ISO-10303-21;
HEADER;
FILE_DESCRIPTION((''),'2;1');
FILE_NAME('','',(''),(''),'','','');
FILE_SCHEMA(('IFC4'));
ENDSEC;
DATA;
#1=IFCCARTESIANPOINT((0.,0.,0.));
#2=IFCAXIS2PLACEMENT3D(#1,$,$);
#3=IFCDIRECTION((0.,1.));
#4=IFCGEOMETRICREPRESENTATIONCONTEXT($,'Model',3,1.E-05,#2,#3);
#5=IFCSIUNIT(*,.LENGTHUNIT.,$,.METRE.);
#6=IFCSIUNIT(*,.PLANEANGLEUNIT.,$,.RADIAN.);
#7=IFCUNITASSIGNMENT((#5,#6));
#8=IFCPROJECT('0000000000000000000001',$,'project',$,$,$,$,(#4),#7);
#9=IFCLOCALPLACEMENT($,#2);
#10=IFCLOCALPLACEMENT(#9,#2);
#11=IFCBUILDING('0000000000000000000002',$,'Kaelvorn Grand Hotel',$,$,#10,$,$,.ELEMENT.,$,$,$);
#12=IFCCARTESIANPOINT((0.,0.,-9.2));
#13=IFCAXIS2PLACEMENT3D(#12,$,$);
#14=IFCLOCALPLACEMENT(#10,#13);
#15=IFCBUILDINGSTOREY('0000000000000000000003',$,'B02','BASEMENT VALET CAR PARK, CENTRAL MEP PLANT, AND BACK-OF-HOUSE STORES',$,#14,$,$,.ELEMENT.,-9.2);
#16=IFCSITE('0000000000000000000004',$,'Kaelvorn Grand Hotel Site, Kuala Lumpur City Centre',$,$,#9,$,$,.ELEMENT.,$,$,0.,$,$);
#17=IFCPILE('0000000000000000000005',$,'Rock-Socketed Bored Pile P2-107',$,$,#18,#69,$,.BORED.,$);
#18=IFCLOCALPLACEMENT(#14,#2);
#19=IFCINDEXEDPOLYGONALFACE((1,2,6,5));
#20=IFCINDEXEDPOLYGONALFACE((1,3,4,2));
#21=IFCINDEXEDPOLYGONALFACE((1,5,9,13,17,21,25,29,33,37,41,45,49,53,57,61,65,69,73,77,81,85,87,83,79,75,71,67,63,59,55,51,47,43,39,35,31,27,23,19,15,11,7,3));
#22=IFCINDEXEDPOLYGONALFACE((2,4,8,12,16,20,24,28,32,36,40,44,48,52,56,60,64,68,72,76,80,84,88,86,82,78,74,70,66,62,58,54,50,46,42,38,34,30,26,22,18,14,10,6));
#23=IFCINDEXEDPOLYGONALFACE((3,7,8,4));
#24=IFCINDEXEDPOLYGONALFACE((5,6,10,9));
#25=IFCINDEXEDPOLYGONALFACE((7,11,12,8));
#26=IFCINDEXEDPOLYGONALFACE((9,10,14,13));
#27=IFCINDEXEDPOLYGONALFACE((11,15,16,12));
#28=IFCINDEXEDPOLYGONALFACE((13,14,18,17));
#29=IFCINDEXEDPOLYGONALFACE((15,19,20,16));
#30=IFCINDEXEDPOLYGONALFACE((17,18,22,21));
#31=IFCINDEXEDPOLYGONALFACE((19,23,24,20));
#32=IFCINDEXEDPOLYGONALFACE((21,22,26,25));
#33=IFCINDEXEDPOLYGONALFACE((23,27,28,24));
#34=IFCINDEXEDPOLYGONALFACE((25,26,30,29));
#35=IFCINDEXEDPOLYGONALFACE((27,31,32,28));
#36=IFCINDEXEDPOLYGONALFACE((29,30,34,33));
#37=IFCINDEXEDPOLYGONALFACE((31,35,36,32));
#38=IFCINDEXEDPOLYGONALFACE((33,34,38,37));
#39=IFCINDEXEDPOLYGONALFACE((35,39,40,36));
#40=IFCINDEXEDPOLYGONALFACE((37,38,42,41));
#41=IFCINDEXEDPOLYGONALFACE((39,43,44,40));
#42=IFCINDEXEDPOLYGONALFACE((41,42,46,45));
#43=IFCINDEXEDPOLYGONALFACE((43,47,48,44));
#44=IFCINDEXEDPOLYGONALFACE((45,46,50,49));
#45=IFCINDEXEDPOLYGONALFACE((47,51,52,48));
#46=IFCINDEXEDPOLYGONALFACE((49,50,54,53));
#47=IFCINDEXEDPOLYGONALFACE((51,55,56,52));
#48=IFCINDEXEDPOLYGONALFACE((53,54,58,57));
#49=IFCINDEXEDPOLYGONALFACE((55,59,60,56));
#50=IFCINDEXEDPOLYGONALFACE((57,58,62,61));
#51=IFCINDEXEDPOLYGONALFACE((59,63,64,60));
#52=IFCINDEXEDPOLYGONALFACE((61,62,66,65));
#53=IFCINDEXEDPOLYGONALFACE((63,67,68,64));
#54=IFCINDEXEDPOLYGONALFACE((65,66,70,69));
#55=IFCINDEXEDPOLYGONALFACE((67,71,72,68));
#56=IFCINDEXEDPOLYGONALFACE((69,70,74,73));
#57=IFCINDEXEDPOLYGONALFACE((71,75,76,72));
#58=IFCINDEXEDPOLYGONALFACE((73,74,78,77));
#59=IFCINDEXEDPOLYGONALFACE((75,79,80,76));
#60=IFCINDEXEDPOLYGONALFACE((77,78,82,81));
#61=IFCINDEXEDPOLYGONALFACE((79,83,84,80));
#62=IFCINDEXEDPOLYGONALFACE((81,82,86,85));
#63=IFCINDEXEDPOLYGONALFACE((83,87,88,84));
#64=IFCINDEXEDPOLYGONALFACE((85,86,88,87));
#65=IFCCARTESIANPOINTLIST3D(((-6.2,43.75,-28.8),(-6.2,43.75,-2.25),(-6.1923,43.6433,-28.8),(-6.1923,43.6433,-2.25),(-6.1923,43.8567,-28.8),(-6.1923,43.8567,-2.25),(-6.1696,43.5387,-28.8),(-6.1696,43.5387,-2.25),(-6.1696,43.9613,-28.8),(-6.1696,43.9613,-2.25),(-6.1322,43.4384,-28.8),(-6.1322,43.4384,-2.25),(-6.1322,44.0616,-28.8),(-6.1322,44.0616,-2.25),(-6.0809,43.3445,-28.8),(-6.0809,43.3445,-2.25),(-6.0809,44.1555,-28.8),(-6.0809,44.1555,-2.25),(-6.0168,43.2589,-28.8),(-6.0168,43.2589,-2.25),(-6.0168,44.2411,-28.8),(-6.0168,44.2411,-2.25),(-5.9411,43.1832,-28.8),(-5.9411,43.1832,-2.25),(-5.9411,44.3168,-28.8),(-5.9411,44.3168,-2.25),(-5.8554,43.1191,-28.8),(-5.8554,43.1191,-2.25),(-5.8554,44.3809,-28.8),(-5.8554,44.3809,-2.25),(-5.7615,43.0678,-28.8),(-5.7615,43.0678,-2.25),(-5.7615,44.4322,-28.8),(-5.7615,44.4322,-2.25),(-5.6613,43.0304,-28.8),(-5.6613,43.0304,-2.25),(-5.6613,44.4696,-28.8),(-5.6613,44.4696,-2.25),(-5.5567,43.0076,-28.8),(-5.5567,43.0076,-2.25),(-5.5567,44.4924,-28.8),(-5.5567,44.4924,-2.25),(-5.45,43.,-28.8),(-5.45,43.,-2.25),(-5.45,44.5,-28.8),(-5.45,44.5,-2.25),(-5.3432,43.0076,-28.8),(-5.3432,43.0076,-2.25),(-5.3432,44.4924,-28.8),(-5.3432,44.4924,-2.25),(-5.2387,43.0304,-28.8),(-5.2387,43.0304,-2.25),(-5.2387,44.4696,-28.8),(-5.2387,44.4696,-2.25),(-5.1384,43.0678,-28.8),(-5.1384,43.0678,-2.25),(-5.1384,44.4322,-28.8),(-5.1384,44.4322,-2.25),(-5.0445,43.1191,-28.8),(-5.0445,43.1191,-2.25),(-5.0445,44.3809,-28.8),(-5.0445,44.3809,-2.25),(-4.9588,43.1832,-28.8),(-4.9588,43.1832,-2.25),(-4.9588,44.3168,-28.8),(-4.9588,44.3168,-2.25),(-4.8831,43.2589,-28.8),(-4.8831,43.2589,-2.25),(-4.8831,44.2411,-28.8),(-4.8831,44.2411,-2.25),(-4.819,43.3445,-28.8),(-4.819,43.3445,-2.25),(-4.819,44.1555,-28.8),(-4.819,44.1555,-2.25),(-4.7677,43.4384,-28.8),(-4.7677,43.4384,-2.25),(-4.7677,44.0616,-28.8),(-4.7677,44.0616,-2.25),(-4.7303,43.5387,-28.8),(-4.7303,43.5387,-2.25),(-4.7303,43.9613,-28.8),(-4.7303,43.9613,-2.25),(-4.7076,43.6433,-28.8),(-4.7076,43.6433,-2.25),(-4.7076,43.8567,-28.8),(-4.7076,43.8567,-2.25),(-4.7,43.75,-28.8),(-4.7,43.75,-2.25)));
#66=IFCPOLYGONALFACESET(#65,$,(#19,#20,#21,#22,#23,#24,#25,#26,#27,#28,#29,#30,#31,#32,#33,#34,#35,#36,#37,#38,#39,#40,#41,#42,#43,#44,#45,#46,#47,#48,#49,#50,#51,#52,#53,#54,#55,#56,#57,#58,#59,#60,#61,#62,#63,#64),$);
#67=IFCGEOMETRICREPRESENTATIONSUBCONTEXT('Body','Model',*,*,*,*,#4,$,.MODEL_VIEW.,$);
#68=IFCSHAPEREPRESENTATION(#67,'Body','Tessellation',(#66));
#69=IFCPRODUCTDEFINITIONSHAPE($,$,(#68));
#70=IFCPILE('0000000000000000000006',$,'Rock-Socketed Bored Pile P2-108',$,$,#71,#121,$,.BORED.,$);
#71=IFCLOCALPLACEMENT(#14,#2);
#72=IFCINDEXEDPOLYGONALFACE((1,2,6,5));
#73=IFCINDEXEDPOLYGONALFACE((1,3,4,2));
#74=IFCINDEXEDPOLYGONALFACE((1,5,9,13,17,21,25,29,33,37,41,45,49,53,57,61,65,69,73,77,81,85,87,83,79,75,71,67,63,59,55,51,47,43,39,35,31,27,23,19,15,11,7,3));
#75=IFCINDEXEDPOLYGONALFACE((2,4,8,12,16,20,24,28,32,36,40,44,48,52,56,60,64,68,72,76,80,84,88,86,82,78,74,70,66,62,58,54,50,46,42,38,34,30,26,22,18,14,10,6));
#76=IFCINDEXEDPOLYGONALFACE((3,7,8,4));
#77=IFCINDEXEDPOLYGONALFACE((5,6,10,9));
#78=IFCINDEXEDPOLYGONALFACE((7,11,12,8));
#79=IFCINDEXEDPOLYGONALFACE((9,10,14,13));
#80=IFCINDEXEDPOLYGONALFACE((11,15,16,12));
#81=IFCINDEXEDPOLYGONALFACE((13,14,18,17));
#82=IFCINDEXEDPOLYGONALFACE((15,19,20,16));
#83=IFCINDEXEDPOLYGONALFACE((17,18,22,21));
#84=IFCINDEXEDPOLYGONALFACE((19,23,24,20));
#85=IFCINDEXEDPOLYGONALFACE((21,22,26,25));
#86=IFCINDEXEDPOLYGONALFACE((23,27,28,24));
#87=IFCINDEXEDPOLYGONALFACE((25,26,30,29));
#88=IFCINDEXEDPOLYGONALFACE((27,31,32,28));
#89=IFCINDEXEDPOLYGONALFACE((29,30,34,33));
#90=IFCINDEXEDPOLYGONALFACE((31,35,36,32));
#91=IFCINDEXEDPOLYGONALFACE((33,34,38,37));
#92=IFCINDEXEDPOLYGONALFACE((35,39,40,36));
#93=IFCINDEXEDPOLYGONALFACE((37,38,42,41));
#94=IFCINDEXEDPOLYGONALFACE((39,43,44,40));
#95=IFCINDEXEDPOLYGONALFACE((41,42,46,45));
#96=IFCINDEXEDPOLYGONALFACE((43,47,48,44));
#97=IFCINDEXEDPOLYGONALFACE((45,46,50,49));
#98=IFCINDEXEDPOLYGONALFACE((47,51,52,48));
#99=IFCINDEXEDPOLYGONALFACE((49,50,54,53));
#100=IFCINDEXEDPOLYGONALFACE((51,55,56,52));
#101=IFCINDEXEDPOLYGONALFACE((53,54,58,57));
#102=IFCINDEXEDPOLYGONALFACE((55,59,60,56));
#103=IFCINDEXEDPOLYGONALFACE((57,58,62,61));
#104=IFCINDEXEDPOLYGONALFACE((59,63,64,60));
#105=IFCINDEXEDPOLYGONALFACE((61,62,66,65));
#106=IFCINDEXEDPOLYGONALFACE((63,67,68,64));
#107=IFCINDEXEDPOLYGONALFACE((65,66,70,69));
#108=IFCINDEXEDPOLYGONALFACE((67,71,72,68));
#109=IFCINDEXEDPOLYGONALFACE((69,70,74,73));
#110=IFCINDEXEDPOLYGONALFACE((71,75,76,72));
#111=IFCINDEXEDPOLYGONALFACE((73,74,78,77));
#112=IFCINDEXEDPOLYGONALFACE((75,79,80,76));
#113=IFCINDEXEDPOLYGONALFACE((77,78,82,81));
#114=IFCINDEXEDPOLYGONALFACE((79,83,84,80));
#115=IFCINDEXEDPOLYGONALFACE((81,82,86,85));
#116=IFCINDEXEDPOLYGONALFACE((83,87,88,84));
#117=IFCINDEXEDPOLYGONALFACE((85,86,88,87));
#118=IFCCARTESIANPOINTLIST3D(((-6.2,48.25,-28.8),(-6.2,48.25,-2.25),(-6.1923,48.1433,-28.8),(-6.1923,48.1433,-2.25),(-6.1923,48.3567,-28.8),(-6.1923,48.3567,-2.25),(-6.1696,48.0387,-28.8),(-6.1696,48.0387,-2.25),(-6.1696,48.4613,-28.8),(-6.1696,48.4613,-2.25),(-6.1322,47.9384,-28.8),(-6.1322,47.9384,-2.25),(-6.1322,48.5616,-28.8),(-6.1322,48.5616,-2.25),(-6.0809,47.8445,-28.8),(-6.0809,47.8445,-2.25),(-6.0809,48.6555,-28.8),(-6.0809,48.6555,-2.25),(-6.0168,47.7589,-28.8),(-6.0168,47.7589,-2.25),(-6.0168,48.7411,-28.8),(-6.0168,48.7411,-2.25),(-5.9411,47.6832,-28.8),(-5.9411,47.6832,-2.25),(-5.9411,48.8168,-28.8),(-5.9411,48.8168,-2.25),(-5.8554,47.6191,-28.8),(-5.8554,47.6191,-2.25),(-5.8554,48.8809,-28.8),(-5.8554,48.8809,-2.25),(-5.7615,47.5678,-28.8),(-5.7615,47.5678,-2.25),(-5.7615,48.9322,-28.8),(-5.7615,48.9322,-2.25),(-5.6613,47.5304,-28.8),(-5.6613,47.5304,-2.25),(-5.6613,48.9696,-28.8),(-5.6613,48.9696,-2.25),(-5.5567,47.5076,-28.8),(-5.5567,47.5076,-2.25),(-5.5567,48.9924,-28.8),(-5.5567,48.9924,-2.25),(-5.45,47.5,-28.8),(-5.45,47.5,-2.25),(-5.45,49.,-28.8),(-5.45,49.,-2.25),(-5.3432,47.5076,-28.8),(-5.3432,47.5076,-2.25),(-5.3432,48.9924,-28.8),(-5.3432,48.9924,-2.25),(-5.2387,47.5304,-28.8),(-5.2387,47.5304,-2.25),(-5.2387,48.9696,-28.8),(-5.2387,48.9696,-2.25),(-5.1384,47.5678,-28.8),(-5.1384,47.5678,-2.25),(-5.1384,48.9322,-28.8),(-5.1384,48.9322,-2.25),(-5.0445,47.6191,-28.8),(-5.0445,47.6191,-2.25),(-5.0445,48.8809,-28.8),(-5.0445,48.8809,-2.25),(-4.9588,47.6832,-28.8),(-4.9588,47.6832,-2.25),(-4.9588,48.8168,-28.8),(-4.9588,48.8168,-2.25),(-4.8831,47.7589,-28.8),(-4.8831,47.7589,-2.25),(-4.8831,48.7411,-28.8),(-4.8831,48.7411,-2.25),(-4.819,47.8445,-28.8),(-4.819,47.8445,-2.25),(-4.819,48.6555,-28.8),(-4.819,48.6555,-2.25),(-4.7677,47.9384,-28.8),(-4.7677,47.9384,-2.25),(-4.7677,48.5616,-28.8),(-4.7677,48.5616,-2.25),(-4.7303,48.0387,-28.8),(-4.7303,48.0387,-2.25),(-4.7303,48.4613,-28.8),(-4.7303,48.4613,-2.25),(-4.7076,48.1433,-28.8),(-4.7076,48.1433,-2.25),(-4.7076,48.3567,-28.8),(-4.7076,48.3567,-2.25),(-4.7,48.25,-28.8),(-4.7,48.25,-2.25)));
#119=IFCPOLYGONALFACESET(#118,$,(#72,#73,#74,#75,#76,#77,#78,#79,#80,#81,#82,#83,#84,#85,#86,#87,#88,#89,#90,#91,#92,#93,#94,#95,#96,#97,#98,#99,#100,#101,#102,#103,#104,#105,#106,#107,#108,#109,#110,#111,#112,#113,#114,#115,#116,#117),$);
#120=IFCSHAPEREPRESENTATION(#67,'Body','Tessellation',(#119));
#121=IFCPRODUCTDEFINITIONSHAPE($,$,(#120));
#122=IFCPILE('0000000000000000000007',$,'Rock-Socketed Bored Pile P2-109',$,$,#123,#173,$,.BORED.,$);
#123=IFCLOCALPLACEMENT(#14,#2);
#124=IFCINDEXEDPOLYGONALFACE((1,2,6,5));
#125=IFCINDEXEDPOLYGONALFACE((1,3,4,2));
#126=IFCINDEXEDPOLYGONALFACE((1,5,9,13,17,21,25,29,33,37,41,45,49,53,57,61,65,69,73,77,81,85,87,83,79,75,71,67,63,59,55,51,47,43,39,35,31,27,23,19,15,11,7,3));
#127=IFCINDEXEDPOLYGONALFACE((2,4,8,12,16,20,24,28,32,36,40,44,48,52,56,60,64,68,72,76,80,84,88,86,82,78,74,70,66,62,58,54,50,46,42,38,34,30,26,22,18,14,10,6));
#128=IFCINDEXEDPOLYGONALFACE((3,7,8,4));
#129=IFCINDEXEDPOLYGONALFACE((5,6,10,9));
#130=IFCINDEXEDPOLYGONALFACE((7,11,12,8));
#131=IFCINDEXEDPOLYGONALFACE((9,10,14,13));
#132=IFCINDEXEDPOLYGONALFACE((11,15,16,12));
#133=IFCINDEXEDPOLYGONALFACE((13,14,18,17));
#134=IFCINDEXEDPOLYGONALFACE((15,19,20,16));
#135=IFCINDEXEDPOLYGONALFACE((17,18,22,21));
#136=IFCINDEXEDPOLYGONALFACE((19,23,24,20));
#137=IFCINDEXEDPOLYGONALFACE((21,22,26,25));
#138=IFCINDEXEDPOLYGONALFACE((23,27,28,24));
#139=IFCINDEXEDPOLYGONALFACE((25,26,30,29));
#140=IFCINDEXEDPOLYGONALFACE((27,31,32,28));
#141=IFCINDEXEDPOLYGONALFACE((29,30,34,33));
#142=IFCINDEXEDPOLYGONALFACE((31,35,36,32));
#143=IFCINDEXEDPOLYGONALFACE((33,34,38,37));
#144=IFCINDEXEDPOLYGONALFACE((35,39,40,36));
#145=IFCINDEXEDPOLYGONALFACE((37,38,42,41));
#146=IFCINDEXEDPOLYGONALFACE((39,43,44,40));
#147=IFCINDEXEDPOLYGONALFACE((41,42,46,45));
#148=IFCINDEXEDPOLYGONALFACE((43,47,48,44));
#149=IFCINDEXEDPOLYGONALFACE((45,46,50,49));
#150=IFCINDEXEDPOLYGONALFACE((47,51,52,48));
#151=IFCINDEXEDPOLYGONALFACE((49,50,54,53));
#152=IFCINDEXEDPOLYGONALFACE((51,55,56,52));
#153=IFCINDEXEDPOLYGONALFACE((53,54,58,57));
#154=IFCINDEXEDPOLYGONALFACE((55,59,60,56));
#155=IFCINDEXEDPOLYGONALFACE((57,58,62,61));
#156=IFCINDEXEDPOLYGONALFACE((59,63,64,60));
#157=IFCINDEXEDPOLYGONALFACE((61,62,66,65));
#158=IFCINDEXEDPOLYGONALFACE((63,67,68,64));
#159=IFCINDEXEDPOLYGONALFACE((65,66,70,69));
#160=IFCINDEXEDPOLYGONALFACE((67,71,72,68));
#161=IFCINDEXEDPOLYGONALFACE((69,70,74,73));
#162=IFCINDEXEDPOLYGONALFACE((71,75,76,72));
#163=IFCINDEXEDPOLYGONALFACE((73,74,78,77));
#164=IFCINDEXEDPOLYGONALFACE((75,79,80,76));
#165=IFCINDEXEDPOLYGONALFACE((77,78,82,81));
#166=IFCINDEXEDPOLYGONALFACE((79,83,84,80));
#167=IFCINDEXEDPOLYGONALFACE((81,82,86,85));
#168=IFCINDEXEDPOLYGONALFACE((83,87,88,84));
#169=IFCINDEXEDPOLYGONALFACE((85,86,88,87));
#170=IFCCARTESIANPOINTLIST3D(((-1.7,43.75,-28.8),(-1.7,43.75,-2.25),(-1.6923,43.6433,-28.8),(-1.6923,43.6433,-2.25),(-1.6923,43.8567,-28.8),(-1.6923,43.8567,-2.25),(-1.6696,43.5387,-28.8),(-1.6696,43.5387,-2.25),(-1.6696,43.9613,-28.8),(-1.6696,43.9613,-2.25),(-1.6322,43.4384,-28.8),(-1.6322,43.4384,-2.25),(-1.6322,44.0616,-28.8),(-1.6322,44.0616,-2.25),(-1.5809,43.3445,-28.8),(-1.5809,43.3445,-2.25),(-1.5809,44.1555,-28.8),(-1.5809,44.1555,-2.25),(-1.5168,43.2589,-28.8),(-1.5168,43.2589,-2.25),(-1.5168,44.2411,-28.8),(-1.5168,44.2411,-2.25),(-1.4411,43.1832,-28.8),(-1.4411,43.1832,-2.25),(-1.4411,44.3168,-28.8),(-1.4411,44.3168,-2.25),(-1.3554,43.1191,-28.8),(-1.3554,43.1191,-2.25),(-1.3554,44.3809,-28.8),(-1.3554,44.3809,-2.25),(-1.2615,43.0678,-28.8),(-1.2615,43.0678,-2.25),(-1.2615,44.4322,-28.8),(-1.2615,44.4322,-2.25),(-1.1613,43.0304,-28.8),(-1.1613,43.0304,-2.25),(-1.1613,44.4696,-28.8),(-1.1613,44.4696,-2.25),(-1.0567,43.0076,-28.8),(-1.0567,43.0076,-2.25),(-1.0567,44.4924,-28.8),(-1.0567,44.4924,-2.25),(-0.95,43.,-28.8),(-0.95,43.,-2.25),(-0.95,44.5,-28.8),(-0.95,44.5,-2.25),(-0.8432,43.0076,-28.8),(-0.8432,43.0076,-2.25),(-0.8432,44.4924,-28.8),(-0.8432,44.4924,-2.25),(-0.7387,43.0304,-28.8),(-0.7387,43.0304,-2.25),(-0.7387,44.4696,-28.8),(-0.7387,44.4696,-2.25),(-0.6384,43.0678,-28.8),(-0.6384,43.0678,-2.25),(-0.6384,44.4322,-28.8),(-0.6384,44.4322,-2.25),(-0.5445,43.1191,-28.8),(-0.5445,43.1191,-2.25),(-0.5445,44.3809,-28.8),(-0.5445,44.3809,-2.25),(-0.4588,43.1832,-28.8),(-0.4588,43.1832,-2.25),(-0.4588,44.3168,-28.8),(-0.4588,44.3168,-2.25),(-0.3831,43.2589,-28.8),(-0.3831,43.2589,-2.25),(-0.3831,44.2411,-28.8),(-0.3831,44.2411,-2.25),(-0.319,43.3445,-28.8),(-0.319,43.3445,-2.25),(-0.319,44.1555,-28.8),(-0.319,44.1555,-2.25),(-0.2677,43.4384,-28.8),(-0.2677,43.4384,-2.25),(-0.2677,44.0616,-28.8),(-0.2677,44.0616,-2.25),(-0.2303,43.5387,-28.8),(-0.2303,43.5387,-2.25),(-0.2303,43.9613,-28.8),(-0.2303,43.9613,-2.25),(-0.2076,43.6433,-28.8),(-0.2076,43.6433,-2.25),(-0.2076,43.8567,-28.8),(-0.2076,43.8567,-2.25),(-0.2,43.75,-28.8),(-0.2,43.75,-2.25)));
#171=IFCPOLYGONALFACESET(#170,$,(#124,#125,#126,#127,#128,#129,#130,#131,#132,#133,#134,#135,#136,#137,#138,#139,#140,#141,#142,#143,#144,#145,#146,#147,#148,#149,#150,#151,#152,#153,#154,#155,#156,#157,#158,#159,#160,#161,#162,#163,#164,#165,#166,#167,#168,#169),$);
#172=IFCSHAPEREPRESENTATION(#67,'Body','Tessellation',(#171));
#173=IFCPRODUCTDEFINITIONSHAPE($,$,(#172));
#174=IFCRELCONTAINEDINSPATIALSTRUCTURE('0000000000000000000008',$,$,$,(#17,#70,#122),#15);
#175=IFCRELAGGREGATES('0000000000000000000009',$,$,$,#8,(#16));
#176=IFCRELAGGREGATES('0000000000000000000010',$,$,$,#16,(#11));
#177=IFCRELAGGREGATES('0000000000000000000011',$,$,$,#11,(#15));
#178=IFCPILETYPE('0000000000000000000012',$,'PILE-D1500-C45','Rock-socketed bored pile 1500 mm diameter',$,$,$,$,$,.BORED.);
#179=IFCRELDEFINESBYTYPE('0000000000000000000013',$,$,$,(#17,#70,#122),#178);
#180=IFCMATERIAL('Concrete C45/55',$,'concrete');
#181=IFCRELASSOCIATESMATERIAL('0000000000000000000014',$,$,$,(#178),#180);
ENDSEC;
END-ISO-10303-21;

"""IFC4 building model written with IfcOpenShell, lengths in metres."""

from ifc_helpers import new_model, si_unit, direction, frame, origin, origin_2d, place, context, subcontext, project, spatial, circle, extrude, material, material_profile, profile_set, type_object, element, save


model = new_model("IFC4")

# Units and contexts
model_context = context("Model", 3, precision=1e-05, world=origin(), true_north=direction((0.0, 1.0)))
body_context = subcontext(model_context, "Body", "Model", "MODEL_VIEW")
ifc_project = project(units=[si_unit("LENGTHUNIT", "METRE"), si_unit("PLANEANGLEUNIT", "RADIAN")], contexts=[model_context])

# Site, building, storey
site_placement = place(None, origin())
site = spatial("IfcSite", under=ifc_project, at=site_placement, Name="Kaelvorn Grand Hotel Site, Kuala Lumpur City Centre", CompositionType="ELEMENT", RefElevation=0.0)
building_placement = place(site_placement, origin())
building = spatial("IfcBuilding", under=site, at=building_placement, Name="Kaelvorn Grand Hotel", CompositionType="ELEMENT")
storey_placement = place(building_placement, frame((0.0, 0.0, -9.2)))
storey = spatial("IfcBuildingStorey", under=building, at=storey_placement, Name="B02", Description="BASEMENT VALET CAR PARK, CENTRAL MEP PLANT, AND BACK-OF-HOUSE STORES", CompositionType="ELEMENT", Elevation=-9.2)

# Piles
ifc_material_1 = material(Name="Concrete C45/55", Category="concrete")
ifc_material_profile_1 = material_profile(ifc_material_1, circle(Radius=0.75, at=origin_2d()), Name="BORED PILE D1500")
ifc_profile_set_1 = profile_set([ifc_material_profile_1], Name="Concrete C45/55")
pile_type_1 = type_object("IfcPileType", Name="PILE-D1500-C45", Description="Rock-socketed bored pile 1500 mm diameter", PredefinedType="BORED", material=ifc_profile_set_1)
for number, where, z_axis, x_axis, name in (
    (1, (-5.45, 43.75, -2.25), (0.0, 0.0, -1.0), (1.0, 0.0, 0.0), "Rock-Socketed Bored Pile P2-107"),
    (2, (-5.45, 48.25, -2.25), (0.0, 0.0, -1.0), (1.0, 0.0, 0.0), "Rock-Socketed Bored Pile P2-108"),
    (3, (-0.95, 43.75, -2.25), (0.0, 0.0, -1.0), (1.0, 0.0, 0.0), "Rock-Socketed Bored Pile P2-109"),
):
    element("IfcPile", number, at=place(storey_placement, frame(where, z_axis=z_axis, x_axis=x_axis)), inside=storey, type_object=pile_type_1, Name=name, PredefinedType="BORED", context=body_context, shape_type="SweptSolid", body=[
        extrude(circle(Radius=0.75, at=origin_2d()), origin(), (0.0, 0.0, 1.0), 26.55),
    ])

save(model, "model.ifc")
